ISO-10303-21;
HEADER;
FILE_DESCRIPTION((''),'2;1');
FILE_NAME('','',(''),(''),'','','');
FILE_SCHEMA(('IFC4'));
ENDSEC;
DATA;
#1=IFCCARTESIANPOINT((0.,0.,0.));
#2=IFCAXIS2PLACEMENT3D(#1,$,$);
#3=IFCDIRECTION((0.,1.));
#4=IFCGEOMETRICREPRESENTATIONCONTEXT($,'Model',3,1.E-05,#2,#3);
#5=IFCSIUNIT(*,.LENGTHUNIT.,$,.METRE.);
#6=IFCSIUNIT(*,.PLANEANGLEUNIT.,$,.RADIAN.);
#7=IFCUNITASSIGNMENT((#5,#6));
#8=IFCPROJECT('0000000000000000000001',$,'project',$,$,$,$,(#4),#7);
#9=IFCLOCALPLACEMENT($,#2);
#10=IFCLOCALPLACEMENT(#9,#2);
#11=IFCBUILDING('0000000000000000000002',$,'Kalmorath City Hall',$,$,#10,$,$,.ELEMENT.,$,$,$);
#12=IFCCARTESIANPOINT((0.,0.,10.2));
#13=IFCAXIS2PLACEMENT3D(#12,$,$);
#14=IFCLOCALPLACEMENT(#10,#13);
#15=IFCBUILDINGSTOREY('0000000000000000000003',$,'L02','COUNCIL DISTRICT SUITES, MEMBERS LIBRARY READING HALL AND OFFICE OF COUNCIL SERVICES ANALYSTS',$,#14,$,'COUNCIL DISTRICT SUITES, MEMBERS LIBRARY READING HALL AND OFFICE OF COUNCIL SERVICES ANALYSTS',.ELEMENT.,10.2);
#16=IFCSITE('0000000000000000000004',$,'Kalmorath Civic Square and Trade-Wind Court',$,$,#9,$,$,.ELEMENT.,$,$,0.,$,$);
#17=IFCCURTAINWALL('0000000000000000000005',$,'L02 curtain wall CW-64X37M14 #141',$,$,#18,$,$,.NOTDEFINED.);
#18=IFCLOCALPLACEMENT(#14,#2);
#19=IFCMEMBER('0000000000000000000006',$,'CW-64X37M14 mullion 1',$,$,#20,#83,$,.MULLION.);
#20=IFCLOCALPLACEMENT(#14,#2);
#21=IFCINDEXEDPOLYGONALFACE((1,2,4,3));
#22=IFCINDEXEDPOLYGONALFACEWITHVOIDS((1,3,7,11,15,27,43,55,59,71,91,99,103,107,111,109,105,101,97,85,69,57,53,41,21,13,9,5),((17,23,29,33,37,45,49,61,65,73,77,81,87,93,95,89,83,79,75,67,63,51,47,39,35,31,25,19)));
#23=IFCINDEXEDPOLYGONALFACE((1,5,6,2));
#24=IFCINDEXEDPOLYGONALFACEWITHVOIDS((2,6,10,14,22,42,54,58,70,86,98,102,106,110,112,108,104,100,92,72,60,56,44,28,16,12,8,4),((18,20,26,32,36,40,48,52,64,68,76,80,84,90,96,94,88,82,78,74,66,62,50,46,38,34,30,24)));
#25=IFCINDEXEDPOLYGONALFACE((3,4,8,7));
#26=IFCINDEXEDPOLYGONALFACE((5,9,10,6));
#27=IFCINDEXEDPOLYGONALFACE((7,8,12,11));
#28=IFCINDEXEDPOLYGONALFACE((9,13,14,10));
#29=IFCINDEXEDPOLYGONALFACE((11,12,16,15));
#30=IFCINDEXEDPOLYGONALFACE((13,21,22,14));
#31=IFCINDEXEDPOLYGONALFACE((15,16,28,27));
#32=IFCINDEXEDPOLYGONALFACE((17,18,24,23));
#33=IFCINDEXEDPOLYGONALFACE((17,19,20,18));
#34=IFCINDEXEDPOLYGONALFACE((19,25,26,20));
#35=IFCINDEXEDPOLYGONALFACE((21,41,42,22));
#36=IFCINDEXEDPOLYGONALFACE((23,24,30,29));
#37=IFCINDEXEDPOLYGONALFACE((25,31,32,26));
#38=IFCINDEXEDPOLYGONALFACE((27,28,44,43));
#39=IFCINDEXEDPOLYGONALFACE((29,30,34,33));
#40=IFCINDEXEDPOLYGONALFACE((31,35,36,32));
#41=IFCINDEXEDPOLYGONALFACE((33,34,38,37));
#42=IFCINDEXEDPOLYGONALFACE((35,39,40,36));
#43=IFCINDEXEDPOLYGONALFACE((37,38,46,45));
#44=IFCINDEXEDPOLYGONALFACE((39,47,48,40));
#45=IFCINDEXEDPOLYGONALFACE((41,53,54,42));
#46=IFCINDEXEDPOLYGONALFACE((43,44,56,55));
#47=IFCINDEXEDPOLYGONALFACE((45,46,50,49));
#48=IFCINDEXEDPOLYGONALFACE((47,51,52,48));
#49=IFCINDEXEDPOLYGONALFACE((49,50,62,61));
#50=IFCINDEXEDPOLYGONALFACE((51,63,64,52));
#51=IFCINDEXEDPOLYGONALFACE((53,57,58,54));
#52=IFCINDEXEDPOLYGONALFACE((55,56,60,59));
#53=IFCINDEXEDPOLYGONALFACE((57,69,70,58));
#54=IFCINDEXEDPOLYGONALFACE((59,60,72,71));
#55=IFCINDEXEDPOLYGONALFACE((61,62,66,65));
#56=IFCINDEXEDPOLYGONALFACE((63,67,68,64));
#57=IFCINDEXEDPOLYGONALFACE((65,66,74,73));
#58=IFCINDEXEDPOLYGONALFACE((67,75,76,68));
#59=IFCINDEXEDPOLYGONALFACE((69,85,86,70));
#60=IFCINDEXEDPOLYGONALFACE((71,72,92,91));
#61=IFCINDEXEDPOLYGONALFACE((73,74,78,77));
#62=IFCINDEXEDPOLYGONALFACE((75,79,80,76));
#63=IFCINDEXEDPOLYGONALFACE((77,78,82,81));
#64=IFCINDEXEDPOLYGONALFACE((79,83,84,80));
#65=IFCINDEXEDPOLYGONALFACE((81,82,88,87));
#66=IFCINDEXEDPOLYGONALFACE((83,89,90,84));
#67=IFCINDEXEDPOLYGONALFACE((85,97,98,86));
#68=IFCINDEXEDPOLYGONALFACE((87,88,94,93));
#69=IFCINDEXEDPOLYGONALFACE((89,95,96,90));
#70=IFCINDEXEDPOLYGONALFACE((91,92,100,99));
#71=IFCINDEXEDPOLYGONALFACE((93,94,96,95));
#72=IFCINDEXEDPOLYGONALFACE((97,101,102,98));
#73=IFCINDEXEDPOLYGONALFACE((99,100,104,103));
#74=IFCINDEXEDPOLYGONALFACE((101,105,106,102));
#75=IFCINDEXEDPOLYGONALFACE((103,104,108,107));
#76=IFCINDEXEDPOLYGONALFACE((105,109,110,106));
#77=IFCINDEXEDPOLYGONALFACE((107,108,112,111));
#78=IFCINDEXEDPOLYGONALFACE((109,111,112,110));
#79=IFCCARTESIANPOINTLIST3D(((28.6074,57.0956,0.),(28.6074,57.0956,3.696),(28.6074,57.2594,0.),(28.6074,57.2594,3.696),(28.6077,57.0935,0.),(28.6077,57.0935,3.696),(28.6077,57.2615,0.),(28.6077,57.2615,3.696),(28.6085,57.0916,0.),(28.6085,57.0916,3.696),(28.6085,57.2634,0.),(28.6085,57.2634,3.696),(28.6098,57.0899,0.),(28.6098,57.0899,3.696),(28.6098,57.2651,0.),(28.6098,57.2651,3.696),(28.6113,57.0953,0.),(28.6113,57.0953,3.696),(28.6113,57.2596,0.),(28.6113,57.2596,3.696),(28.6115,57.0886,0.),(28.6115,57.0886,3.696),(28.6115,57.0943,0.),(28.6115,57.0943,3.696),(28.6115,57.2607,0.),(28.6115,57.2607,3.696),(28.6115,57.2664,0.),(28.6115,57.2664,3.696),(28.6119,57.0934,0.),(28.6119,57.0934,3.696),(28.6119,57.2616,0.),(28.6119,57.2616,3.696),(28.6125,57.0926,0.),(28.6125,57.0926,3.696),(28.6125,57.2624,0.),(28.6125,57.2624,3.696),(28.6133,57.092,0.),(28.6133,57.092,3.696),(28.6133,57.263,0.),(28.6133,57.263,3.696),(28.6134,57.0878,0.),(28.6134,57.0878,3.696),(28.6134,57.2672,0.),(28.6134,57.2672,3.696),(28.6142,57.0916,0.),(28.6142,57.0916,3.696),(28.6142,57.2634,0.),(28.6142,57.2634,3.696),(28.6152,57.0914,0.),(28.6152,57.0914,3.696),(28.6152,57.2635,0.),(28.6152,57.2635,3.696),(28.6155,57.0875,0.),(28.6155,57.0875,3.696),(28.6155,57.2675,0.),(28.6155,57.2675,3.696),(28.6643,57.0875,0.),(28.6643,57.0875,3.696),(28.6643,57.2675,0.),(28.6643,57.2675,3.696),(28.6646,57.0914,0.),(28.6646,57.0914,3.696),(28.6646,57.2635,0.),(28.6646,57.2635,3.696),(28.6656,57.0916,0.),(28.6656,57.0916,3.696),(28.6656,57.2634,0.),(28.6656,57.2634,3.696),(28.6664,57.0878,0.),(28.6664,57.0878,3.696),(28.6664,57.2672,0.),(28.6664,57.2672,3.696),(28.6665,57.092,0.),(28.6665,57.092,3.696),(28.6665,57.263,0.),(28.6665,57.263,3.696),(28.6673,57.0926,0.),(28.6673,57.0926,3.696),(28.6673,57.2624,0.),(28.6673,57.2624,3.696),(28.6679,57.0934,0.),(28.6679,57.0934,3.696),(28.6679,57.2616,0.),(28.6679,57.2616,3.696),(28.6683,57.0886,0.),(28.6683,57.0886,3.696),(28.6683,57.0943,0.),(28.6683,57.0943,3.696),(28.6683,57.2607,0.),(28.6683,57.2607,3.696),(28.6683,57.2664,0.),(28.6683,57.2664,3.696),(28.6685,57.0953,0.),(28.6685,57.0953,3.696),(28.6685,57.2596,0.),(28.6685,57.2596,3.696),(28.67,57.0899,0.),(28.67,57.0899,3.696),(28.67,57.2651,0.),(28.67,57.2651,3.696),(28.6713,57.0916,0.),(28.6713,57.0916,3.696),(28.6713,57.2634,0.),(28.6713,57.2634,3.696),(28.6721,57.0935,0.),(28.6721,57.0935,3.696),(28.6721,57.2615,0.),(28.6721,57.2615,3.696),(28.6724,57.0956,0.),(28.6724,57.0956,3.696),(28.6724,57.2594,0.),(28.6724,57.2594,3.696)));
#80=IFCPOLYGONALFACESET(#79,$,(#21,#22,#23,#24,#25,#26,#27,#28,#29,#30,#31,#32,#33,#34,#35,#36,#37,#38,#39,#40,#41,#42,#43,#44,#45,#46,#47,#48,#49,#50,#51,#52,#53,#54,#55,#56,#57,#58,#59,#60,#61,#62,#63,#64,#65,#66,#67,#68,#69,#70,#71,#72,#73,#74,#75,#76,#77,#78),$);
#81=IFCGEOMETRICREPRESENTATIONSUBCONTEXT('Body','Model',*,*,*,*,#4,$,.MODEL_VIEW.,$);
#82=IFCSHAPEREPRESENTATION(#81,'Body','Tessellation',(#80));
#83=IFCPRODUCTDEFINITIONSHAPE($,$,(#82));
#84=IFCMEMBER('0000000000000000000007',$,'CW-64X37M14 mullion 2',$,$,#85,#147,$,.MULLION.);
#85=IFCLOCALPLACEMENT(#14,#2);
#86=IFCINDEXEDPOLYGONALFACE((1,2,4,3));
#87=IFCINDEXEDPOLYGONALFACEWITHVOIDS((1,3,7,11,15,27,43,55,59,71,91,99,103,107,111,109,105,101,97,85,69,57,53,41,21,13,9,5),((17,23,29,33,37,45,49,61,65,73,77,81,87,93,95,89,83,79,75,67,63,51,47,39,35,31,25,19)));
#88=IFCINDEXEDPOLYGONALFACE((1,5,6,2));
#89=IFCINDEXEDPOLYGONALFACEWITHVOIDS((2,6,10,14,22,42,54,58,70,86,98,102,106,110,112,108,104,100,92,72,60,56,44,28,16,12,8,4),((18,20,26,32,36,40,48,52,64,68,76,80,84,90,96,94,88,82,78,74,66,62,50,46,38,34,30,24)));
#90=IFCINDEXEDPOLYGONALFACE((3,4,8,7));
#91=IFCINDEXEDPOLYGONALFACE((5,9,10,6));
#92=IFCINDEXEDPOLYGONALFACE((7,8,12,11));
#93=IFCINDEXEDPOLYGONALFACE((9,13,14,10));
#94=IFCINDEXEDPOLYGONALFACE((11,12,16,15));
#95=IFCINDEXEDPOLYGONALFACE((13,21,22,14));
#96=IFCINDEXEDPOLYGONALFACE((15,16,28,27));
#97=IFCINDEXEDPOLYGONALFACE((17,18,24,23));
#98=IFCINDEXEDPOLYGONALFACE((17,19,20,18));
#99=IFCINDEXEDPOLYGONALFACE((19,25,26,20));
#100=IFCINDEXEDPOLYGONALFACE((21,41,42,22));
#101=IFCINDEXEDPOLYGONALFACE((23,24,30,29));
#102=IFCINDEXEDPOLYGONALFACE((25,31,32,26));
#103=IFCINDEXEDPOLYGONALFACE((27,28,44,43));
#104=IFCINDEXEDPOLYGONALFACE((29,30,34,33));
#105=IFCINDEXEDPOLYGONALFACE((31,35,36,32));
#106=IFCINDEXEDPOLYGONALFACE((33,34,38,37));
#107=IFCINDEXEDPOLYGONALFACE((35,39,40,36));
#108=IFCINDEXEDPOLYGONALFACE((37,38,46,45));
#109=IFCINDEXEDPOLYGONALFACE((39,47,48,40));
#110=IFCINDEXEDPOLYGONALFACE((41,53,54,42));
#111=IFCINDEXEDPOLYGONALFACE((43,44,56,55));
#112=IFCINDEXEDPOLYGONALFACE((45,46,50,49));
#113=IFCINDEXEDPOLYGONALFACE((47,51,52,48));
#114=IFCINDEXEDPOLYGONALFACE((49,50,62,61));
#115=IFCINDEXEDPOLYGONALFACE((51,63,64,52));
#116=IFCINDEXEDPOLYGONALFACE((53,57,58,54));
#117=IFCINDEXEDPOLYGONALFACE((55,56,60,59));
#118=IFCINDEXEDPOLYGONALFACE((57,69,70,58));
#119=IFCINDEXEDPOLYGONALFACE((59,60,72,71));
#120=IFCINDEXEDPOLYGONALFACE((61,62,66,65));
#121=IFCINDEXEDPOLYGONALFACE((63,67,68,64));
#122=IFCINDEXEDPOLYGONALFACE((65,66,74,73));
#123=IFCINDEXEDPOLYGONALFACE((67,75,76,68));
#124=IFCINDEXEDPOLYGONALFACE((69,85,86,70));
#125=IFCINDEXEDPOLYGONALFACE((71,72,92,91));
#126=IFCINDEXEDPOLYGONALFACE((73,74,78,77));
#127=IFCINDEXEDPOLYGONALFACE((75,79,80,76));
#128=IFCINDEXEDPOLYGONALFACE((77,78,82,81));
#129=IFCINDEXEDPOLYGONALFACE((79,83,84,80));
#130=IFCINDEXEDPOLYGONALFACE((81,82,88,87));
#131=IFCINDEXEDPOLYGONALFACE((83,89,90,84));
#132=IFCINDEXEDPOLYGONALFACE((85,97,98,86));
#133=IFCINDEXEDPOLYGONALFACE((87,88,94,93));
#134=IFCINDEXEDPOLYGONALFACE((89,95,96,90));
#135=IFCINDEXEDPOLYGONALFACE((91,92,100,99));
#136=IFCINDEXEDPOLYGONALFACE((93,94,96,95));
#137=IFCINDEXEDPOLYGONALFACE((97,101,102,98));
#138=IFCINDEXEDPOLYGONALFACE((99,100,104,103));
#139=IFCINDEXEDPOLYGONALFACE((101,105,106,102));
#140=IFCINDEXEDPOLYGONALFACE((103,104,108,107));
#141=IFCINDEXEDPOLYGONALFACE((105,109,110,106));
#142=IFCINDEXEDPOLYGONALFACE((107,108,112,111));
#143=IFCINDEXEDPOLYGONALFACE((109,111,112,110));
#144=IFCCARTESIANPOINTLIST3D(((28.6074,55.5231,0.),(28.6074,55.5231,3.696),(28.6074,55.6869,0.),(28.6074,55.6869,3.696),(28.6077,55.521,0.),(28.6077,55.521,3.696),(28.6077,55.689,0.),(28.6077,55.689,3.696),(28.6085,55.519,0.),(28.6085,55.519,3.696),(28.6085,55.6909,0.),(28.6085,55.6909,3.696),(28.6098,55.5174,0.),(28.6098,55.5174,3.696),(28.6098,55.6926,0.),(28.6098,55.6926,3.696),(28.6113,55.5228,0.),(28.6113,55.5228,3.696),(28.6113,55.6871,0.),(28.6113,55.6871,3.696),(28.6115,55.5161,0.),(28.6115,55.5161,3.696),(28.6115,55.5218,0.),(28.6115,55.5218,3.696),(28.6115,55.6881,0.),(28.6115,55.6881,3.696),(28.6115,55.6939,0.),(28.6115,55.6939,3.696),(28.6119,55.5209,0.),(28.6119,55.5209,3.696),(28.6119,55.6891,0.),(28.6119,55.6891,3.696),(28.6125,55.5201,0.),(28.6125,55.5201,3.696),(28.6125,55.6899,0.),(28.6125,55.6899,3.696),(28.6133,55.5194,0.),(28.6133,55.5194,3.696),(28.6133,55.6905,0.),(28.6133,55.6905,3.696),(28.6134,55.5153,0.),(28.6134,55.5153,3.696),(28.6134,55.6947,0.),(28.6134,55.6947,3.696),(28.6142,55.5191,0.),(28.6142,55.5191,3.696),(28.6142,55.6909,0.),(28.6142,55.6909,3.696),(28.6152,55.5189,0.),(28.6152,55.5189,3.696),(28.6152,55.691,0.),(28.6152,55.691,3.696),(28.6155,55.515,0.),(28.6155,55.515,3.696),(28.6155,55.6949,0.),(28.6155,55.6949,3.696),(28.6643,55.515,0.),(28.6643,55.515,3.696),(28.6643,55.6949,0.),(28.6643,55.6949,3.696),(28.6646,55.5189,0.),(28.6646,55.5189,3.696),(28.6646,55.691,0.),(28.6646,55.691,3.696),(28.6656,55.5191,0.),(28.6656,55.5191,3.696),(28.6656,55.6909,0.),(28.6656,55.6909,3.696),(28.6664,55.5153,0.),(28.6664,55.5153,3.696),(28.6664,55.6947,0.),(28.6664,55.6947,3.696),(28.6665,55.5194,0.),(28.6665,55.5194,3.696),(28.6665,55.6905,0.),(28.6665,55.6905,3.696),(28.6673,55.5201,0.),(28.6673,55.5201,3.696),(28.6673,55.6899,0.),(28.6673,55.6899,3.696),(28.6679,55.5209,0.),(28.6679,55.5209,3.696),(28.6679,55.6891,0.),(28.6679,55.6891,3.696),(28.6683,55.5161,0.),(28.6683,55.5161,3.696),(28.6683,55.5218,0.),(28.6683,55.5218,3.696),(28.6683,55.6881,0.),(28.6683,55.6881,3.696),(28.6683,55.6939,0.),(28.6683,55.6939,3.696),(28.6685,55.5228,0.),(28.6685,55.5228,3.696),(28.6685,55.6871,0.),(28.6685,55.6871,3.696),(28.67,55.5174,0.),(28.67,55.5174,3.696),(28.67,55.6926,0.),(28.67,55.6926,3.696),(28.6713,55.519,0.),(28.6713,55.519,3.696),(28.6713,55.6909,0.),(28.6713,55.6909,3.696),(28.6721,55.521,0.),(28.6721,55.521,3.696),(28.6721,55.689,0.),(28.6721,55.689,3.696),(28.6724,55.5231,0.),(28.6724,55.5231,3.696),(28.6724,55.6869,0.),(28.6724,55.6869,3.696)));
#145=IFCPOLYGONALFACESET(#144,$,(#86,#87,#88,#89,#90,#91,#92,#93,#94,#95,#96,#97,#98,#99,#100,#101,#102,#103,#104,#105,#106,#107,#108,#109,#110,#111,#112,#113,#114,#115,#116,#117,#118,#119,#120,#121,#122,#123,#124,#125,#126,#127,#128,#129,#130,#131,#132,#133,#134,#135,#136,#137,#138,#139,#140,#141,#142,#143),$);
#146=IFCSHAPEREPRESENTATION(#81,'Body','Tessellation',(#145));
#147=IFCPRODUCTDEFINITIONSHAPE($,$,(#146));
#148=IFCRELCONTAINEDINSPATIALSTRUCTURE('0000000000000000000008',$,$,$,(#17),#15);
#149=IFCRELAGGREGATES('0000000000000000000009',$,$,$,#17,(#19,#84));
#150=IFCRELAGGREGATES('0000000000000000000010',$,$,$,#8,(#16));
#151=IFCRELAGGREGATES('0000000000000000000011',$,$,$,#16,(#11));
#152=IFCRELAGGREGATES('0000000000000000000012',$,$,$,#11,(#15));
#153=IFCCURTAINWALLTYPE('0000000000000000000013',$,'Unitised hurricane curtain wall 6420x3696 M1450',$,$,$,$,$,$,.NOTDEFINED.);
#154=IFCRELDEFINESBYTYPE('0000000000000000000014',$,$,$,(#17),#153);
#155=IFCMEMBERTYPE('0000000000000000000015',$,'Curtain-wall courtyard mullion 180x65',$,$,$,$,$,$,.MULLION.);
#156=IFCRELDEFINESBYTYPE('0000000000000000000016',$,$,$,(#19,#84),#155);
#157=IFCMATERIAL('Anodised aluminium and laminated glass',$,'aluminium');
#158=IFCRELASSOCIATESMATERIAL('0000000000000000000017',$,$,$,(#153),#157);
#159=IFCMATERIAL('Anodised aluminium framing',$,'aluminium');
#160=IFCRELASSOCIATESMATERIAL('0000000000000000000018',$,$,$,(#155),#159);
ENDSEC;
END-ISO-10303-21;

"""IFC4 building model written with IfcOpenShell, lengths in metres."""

from ifc_helpers import new_model, si_unit, direction, frame, origin, origin_2d, place, context, subcontext, project, spatial, hollow_rectangle, extrude, material, material_profile, profile_set, type_object, element, aggregate, save


model = new_model("IFC4")

# Units and contexts
model_context = context("Model", 3, precision=1e-05, world=origin(), true_north=direction((0.0, 1.0)))
body_context = subcontext(model_context, "Body", "Model", "MODEL_VIEW")
ifc_project = project(units=[si_unit("LENGTHUNIT", "METRE"), si_unit("PLANEANGLEUNIT", "RADIAN")], contexts=[model_context])

# Site, building, storey
site_placement = place(None, origin())
site = spatial("IfcSite", under=ifc_project, at=site_placement, Name="Kalmorath Civic Square and Trade-Wind Court", CompositionType="ELEMENT", RefElevation=0.0)
building_placement = place(site_placement, origin())
building = spatial("IfcBuilding", under=site, at=building_placement, Name="Kalmorath City Hall", CompositionType="ELEMENT")
storey_placement = place(building_placement, frame((0.0, 0.0, 10.2)))
storey = spatial("IfcBuildingStorey", under=building, at=storey_placement, Name="L02", Description="COUNCIL DISTRICT SUITES, MEMBERS LIBRARY READING HALL AND OFFICE OF COUNCIL SERVICES ANALYSTS", LongName="COUNCIL DISTRICT SUITES, MEMBERS LIBRARY READING HALL AND OFFICE OF COUNCIL SERVICES ANALYSTS", CompositionType="ELEMENT", Elevation=10.2)

# Curtain wall, members
ifc_material_1 = material(Name="Anodised aluminium and laminated glass", Category="aluminium")
curtain_wall_type = type_object("IfcCurtainWallType", Name="Unitised hurricane curtain wall 6420x3696 M1450", PredefinedType="NOTDEFINED", material=ifc_material_1)
curtain_wall_placement = place(storey_placement, origin())
curtain_wall = element("IfcCurtainWall", 1, at=curtain_wall_placement, inside=storey, type_object=curtain_wall_type, Name="L02 curtain wall CW-64X37M14 #141", PredefinedType="NOTDEFINED")
ifc_material_2 = material(Name="Anodised aluminium framing", Category="aluminium")
ifc_material_profile_1 = material_profile(ifc_material_2, hollow_rectangle(XDim=0.0649, YDim=0.1799, WallThickness=0.0039, InnerFilletRadius=0.0039, OuterFilletRadius=0.0081, at=origin_2d()), Name="ALU-MUL-180X65X4")
ifc_profile_set_1 = profile_set([ifc_material_profile_1], Name="Anodised aluminium framing")
member_type_1 = type_object("IfcMemberType", Name="Curtain-wall courtyard mullion 180x65", PredefinedType="MULLION", material=ifc_profile_set_1)
member_1_placement = place(storey_placement, frame((28.6399, 57.1775, 0.0), z_axis=(0.0, 0.0, 1.0), x_axis=(1.0, 0.0, 0.0)))
member_1 = element("IfcMember", 2, at=member_1_placement, type_object=member_type_1, Name="CW-64X37M14 mullion 1", PredefinedType="MULLION", context=body_context, shape_type="SweptSolid", body=[
    extrude(hollow_rectangle(XDim=0.0649, YDim=0.1799, WallThickness=0.0039, InnerFilletRadius=0.0039, OuterFilletRadius=0.0081, at=origin_2d()), origin(), (0.0, 0.0, 1.0), 3.696),
])
member_2_placement = place(storey_placement, frame((28.6399, 55.605, 0.0), z_axis=(0.0, 0.0, 1.0), x_axis=(1.0, 0.0, 0.0)))
member_2 = element("IfcMember", 3, at=member_2_placement, type_object=member_type_1, Name="CW-64X37M14 mullion 2", PredefinedType="MULLION", context=body_context, shape_type="SweptSolid", body=[
    extrude(hollow_rectangle(XDim=0.0649, YDim=0.1799, WallThickness=0.0039, InnerFilletRadius=0.0039, OuterFilletRadius=0.0081, at=origin_2d()), origin(), (0.0, 0.0, 1.0), 3.696),
])
aggregate(curtain_wall, [member_1, member_2])

save(model, "model.ifc")
